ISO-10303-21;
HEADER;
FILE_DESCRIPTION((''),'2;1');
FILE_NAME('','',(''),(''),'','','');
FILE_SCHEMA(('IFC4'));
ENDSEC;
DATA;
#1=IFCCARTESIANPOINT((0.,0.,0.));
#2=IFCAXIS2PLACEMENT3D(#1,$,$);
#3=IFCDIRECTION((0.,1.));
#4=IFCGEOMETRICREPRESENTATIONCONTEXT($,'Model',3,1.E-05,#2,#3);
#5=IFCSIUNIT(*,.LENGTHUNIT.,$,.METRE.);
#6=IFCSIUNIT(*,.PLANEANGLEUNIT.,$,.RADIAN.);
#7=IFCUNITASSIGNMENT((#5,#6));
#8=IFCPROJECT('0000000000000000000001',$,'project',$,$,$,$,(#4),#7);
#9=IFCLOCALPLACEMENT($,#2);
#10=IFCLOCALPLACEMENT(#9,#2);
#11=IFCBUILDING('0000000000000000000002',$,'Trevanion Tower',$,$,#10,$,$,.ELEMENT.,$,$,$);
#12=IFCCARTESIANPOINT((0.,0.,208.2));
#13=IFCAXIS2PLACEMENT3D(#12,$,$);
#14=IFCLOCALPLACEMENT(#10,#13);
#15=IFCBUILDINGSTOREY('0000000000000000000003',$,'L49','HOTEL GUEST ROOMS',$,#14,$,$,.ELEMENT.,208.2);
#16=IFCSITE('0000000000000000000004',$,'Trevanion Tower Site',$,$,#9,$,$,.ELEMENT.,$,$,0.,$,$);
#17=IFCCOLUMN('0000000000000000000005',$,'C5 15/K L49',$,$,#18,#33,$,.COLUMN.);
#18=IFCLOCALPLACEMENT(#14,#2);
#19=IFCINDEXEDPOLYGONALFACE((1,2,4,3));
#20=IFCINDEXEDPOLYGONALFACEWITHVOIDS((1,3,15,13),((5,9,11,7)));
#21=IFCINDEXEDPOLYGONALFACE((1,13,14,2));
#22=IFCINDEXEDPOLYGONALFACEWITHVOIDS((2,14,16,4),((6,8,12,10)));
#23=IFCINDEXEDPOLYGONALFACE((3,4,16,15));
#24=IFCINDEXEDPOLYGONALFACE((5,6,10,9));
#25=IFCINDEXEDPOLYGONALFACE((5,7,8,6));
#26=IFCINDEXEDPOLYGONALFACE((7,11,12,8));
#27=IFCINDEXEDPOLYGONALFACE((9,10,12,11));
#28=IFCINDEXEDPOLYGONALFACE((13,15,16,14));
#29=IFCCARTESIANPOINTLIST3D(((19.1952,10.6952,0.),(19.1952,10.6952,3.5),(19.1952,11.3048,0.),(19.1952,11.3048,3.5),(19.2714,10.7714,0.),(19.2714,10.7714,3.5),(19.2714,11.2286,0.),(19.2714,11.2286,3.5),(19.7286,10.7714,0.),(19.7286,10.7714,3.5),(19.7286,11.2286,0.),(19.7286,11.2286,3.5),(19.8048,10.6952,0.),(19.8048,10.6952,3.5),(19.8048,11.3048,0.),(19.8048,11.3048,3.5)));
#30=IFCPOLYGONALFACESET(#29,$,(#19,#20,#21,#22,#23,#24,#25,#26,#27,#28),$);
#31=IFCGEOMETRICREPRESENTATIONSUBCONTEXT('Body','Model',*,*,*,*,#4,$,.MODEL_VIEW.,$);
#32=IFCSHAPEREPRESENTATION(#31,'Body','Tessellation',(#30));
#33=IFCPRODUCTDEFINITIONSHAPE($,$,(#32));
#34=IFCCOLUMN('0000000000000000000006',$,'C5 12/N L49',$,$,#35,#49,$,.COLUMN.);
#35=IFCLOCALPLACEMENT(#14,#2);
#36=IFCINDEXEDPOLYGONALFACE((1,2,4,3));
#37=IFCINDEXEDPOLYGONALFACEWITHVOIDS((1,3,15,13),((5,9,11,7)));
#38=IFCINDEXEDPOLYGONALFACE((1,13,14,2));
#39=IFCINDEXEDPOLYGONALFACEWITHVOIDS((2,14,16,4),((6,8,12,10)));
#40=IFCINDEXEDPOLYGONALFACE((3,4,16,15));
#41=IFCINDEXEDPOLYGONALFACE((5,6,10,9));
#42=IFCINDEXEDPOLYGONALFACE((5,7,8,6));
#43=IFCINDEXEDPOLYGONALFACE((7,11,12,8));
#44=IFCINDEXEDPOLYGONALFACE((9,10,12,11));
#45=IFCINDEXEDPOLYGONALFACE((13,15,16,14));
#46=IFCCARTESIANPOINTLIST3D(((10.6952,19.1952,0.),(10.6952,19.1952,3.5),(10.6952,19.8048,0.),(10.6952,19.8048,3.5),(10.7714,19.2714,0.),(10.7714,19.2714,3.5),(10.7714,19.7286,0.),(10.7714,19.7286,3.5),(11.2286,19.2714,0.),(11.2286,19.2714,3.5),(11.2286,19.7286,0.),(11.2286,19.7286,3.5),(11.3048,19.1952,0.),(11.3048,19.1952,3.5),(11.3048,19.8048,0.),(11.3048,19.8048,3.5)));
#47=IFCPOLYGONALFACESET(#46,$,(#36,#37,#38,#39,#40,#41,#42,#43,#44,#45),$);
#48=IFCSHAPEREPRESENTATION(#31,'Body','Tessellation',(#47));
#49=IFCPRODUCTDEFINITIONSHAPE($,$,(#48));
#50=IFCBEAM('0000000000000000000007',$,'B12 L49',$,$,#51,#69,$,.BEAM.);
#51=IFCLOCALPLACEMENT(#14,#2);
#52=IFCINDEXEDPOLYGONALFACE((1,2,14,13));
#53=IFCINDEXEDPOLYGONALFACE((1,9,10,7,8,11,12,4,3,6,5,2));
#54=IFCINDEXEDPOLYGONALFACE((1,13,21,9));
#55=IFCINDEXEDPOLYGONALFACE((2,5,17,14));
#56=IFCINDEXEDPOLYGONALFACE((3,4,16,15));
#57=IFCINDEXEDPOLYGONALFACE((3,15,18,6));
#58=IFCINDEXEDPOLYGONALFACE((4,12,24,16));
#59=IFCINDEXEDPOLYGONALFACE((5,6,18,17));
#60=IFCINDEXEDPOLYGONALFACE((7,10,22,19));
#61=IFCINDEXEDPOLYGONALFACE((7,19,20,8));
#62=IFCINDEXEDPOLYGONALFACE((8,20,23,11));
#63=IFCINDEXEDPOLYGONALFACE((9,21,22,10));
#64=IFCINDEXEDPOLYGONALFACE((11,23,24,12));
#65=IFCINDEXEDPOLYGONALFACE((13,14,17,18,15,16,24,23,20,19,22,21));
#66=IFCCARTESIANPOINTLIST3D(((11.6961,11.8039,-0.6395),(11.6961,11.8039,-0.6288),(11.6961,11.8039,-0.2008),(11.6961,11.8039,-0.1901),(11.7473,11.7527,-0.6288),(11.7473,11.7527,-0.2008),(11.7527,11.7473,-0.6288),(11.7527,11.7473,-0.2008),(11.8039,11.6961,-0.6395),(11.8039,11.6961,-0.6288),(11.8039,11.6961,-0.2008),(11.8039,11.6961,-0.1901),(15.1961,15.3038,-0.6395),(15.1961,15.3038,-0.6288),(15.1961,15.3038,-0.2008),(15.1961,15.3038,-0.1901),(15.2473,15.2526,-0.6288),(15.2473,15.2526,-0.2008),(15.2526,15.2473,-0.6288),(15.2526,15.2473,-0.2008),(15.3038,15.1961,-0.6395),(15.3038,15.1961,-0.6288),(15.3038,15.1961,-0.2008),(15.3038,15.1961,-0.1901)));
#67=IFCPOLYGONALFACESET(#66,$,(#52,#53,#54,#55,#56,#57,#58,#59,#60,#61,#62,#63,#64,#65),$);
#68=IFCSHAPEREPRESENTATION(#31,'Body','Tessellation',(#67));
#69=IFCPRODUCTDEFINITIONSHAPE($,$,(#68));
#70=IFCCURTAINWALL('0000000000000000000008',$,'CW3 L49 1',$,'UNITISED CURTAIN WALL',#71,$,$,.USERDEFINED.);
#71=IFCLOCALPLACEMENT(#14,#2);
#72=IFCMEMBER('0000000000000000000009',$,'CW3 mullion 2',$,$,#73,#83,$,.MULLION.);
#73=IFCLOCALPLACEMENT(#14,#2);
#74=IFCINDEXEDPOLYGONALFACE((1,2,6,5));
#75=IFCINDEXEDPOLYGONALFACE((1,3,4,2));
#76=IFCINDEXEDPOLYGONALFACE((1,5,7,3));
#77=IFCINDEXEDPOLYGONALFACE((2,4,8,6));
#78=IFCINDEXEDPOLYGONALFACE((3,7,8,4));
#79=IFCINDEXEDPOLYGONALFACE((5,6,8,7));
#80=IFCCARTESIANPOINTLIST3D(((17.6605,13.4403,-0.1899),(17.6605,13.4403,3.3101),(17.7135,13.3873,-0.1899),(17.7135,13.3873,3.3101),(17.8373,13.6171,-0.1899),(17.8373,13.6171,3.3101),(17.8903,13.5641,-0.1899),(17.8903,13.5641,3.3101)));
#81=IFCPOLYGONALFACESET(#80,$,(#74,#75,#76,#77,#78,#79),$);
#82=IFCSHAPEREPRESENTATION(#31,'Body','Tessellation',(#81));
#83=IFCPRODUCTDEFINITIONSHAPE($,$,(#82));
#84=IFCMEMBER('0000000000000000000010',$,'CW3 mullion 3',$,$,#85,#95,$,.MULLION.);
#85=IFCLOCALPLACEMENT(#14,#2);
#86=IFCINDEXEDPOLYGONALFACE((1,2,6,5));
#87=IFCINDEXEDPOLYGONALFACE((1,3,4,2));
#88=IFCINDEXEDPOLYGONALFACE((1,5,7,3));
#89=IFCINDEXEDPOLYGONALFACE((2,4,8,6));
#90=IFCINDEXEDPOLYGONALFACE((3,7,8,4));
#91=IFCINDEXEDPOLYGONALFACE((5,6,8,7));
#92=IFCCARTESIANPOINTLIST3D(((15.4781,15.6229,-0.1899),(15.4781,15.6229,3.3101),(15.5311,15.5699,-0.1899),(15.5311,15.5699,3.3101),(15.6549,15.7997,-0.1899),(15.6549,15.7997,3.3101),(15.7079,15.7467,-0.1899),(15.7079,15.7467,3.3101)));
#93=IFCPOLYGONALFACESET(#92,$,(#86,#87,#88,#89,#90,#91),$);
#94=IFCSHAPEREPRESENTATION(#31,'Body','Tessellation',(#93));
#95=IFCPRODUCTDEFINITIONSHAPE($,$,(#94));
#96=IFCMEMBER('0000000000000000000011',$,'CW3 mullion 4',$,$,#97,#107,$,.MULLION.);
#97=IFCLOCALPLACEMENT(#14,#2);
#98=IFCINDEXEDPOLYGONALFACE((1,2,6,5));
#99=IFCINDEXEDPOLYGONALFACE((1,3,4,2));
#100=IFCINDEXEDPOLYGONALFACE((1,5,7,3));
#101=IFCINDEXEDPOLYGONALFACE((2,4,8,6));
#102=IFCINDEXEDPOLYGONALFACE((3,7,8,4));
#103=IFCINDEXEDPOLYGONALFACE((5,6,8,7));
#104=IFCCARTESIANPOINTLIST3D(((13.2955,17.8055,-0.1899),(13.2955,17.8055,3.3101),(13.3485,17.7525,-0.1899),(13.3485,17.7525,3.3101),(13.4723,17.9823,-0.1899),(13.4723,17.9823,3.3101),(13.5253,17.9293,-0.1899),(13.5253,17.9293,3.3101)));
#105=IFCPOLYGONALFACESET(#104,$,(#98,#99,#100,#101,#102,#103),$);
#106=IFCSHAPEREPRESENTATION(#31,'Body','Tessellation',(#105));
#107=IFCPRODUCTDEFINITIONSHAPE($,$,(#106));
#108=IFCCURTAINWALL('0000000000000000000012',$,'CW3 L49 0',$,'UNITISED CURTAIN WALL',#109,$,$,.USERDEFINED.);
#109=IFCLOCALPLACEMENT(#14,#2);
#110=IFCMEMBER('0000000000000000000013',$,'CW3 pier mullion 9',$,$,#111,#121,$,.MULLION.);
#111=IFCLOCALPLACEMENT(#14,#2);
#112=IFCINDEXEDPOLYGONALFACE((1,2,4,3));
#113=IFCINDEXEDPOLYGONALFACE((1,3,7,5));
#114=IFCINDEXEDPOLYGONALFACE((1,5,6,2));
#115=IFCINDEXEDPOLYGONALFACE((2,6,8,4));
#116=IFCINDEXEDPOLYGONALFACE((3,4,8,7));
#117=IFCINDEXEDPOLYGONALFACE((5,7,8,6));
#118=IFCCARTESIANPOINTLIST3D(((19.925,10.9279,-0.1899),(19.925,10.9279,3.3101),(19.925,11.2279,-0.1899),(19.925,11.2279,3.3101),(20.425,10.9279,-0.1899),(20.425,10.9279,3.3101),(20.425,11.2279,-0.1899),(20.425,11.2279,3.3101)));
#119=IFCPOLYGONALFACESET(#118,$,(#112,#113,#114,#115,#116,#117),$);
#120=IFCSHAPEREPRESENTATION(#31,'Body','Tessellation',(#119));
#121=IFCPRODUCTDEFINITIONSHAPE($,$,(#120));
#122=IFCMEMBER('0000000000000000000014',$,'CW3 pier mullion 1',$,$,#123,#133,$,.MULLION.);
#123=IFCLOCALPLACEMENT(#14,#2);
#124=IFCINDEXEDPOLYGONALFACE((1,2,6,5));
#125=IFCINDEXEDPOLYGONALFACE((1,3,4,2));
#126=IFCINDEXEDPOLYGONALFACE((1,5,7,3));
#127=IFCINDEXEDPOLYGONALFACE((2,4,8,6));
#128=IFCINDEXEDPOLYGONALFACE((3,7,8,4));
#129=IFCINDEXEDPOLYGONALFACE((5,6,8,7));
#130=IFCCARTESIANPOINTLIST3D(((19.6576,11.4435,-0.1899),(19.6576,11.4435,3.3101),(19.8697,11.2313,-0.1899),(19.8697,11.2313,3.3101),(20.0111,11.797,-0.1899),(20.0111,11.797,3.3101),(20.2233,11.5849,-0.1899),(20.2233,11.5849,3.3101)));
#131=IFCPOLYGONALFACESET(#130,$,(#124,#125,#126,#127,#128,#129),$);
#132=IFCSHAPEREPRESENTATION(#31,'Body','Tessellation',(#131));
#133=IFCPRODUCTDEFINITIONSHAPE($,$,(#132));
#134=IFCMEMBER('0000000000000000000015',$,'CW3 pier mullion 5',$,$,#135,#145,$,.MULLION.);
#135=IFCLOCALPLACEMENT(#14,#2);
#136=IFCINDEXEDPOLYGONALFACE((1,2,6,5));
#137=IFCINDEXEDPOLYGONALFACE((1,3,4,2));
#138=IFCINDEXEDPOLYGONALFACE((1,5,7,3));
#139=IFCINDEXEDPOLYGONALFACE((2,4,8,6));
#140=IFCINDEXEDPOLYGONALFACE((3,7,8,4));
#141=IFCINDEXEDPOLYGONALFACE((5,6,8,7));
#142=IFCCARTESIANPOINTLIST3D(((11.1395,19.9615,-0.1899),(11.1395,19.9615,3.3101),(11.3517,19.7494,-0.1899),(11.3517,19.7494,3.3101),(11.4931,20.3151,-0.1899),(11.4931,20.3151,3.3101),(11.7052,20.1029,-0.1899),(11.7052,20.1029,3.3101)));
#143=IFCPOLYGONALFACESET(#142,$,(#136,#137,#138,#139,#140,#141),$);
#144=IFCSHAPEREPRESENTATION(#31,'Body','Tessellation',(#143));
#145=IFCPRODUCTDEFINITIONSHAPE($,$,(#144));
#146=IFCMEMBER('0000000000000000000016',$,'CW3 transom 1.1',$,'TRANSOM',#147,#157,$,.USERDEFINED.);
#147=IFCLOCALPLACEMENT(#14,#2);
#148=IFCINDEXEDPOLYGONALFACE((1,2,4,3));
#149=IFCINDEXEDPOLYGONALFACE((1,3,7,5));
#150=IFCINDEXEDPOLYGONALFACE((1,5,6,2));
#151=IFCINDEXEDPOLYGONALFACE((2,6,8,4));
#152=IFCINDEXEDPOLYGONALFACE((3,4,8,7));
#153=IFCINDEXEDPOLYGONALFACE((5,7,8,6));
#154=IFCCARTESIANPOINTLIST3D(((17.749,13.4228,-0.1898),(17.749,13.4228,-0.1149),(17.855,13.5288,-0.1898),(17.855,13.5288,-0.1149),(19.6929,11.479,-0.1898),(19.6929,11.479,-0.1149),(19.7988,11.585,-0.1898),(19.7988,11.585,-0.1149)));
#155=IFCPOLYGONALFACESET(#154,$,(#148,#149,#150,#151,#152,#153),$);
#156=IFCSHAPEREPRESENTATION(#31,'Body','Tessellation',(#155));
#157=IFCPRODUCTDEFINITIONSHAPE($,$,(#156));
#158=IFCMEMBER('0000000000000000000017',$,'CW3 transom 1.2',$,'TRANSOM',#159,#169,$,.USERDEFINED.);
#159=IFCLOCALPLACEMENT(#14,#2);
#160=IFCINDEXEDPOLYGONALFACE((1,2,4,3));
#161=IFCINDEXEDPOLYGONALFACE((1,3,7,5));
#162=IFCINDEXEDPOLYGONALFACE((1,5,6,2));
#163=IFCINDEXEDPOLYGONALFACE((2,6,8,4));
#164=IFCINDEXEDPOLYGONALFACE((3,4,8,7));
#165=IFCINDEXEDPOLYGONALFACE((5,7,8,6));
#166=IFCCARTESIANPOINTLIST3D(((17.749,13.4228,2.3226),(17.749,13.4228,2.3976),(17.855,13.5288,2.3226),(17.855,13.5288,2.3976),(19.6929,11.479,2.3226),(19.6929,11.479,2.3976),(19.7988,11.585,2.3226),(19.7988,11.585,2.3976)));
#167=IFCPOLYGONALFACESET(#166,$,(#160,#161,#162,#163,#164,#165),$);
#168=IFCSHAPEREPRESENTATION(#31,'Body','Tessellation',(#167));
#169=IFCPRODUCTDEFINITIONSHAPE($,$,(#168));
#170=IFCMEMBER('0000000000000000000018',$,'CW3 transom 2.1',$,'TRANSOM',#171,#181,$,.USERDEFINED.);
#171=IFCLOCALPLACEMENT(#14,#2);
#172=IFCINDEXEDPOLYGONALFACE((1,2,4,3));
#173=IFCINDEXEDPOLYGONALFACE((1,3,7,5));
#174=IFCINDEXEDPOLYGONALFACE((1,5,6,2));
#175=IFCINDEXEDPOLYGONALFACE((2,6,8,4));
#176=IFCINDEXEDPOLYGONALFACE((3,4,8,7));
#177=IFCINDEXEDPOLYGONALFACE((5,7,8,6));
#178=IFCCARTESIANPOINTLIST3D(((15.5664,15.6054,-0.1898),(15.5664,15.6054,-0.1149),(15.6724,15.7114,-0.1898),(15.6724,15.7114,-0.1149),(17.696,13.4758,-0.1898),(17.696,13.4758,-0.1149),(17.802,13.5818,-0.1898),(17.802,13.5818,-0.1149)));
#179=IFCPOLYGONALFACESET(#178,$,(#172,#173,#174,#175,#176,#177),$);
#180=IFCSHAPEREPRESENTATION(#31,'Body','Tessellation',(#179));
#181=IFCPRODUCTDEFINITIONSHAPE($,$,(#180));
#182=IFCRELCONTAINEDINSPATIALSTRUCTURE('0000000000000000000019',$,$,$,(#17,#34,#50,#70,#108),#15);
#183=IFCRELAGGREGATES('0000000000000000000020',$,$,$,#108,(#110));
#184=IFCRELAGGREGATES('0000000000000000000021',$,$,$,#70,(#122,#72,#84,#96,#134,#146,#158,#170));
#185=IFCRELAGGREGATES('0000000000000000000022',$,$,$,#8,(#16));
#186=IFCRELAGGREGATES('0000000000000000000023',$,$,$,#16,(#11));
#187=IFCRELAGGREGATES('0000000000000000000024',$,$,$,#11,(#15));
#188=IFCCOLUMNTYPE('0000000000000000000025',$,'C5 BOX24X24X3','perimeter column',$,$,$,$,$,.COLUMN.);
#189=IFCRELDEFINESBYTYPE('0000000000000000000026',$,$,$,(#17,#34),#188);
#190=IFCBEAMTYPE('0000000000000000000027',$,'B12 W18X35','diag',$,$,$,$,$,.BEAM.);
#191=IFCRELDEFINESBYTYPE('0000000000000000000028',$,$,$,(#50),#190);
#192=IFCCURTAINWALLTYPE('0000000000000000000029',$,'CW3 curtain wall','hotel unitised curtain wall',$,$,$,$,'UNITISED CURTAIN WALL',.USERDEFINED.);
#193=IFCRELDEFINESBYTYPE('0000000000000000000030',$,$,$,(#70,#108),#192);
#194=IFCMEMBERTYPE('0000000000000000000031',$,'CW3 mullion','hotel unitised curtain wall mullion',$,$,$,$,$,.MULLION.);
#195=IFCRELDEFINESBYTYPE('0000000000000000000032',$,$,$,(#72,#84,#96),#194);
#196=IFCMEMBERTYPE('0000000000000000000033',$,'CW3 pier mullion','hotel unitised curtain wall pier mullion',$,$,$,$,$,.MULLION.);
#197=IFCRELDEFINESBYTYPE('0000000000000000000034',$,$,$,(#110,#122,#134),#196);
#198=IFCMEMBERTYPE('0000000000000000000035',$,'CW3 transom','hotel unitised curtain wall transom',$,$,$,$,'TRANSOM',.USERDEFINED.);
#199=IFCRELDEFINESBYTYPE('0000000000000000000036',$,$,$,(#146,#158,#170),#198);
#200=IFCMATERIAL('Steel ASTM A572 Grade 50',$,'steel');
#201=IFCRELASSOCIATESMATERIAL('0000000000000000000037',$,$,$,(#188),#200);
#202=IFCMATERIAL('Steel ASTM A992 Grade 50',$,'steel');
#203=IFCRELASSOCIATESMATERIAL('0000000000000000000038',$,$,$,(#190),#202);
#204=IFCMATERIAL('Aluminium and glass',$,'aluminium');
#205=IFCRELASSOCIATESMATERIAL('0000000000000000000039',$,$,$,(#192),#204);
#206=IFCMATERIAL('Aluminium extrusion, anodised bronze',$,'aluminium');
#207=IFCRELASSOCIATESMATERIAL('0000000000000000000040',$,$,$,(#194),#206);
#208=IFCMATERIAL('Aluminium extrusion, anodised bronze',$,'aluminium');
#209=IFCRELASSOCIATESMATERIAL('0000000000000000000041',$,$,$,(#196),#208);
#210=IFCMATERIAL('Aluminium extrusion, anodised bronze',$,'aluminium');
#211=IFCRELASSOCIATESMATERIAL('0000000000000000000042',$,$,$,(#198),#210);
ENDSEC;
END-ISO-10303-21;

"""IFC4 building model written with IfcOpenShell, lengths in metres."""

from ifc_helpers import new_model, si_unit, direction, frame, origin, origin_2d, place, context, subcontext, project, spatial, rectangle, hollow_rectangle, i_section, extrude, material, material_profile, profile_set, type_object, element, aggregate, save


model = new_model("IFC4")

# Units and contexts
model_context = context("Model", 3, precision=1e-05, world=origin(), true_north=direction((0.0, 1.0)))
body_context = subcontext(model_context, "Body", "Model", "MODEL_VIEW")
ifc_project = project(units=[si_unit("LENGTHUNIT", "METRE"), si_unit("PLANEANGLEUNIT", "RADIAN")], contexts=[model_context])

# Site, building, storey
site_placement = place(None, origin())
site = spatial("IfcSite", under=ifc_project, at=site_placement, Name="Trevanion Tower Site", CompositionType="ELEMENT", RefElevation=0.0)
building_placement = place(site_placement, origin())
building = spatial("IfcBuilding", under=site, at=building_placement, Name="Trevanion Tower", CompositionType="ELEMENT")
storey_placement = place(building_placement, frame((0.0, 0.0, 208.2)))
storey = spatial("IfcBuildingStorey", under=building, at=storey_placement, Name="L49", Description="HOTEL GUEST ROOMS", CompositionType="ELEMENT", Elevation=208.2)

# Columns
ifc_material_1 = material(Name="Steel ASTM A572 Grade 50", Category="steel")
ifc_material_profile_1 = material_profile(ifc_material_1, hollow_rectangle(XDim=0.6096, YDim=0.6096, WallThickness=0.0762, at=origin_2d()), Name="BOX24X24X3")
ifc_profile_set_1 = profile_set([ifc_material_profile_1], Name="Steel ASTM A572 Grade 50")
column_type = type_object("IfcColumnType", Name="C5 BOX24X24X3", Description="perimeter column", PredefinedType="COLUMN", material=ifc_profile_set_1)
for number, where, z_axis, x_axis, name in (
    (1, (19.5, 11.0, 0.0), (0.0, 0.0, 1.0), (0.0, 1.0, 0.0), "C5 15/K L49"),
    (2, (11.0, 19.5, 0.0), (0.0, 0.0, 1.0), (1.0, 0.0, 0.0), "C5 12/N L49"),
):
    element("IfcColumn", number, at=place(storey_placement, frame(where, z_axis=z_axis, x_axis=x_axis)), inside=storey, type_object=column_type, Name=name, PredefinedType="COLUMN", context=body_context, shape_type="SweptSolid", body=[
        extrude(hollow_rectangle(XDim=0.6096, YDim=0.6096, WallThickness=0.0762, at=origin_2d()), origin(), (0.0, 0.0, 1.0), 3.5),
    ])

# Beam
ifc_material_2 = material(Name="Steel ASTM A992 Grade 50", Category="steel")
ifc_material_profile_2 = material_profile(ifc_material_2, i_section(OverallWidth=0.1523, OverallDepth=0.4495, WebThickness=0.0076, FlangeThickness=0.0107, at=origin_2d()), Name="W18X35")
ifc_profile_set_2 = profile_set([ifc_material_profile_2], Name="Steel ASTM A992 Grade 50")
beam_type_1 = type_object("IfcBeamType", Name="B12 W18X35", Description="diag", PredefinedType="BEAM", material=ifc_profile_set_2)
beam_1_placement = place(storey_placement, frame((11.75, 11.75, -0.4148), z_axis=(0.707107, 0.707107, 0.0), x_axis=(-0.707107, 0.707107, 0.0)))
element("IfcBeam", 3, at=beam_1_placement, inside=storey, type_object=beam_type_1, Name="B12 L49", PredefinedType="BEAM", context=body_context, shape_type="SweptSolid", body=[
    extrude(i_section(OverallWidth=0.1523, OverallDepth=0.4495, WebThickness=0.0076, FlangeThickness=0.0107, at=origin_2d()), origin(), (0.0, 0.0, 1.0), 4.9497),
])

# Curtain wall, members
ifc_material_3 = material(Name="Aluminium and glass", Category="aluminium")
curtain_wall_type = type_object("IfcCurtainWallType", Name="CW3 curtain wall", Description="hotel unitised curtain wall", ElementType="UNITISED CURTAIN WALL", PredefinedType="USERDEFINED", material=ifc_material_3)
curtain_wall_1_placement = place(storey_placement, origin())
curtain_wall_1 = element("IfcCurtainWall", 4, at=curtain_wall_1_placement, inside=storey, type_object=curtain_wall_type, Name="CW3 L49 1", ObjectType="UNITISED CURTAIN WALL", PredefinedType="USERDEFINED")
ifc_material_4 = material(Name="Aluminium extrusion, anodised bronze", Category="aluminium")
ifc_material_profile_3 = material_profile(ifc_material_4, rectangle(XDim=0.075, YDim=0.25, at=origin_2d()), Name="CW3 mullion")
ifc_profile_set_3 = profile_set([ifc_material_profile_3], Name="Aluminium extrusion, anodised bronze")
member_type_1 = type_object("IfcMemberType", Name="CW3 mullion", Description="hotel unitised curtain wall mullion", PredefinedType="MULLION", material=ifc_profile_set_3)
member_1_placement = place(storey_placement, frame((17.7754, 13.5022, -0.1899), z_axis=(0.0, 0.0, 1.0), x_axis=(-0.707107, 0.707107, 0.0)))
member_1 = element("IfcMember", 5, at=member_1_placement, type_object=member_type_1, Name="CW3 mullion 2", PredefinedType="MULLION", context=body_context, shape_type="SweptSolid", body=[
    extrude(rectangle(XDim=0.075, YDim=0.25, at=origin_2d()), origin(), (0.0, 0.0, 1.0), 3.5),
])
member_2_placement = place(storey_placement, frame((15.593, 15.6848, -0.1899), z_axis=(0.0, 0.0, 1.0), x_axis=(-0.707107, 0.707107, 0.0)))
member_2 = element("IfcMember", 6, at=member_2_placement, type_object=member_type_1, Name="CW3 mullion 3", PredefinedType="MULLION", context=body_context, shape_type="SweptSolid", body=[
    extrude(rectangle(XDim=0.075, YDim=0.25, at=origin_2d()), origin(), (0.0, 0.0, 1.0), 3.5),
])
member_3_placement = place(storey_placement, frame((13.4104, 17.8674, -0.1899), z_axis=(0.0, 0.0, 1.0), x_axis=(-0.707107, 0.707107, 0.0)))
member_3 = element("IfcMember", 7, at=member_3_placement, type_object=member_type_1, Name="CW3 mullion 4", PredefinedType="MULLION", context=body_context, shape_type="SweptSolid", body=[
    extrude(rectangle(XDim=0.075, YDim=0.25, at=origin_2d()), origin(), (0.0, 0.0, 1.0), 3.5),
])

# Curtain wall, member
curtain_wall_2_placement = place(storey_placement, origin())
curtain_wall_2 = element("IfcCurtainWall", 8, at=curtain_wall_2_placement, inside=storey, type_object=curtain_wall_type, Name="CW3 L49 0", ObjectType="UNITISED CURTAIN WALL", PredefinedType="USERDEFINED")
ifc_material_5 = material(Name="Aluminium extrusion, anodised bronze", Category="aluminium")
ifc_material_profile_4 = material_profile(ifc_material_5, rectangle(XDim=0.3, YDim=0.5, at=origin_2d()), Name="CW3 pier mullion")
ifc_profile_set_4 = profile_set([ifc_material_profile_4], Name="Aluminium extrusion, anodised bronze")
member_type_2 = type_object("IfcMemberType", Name="CW3 pier mullion", Description="hotel unitised curtain wall pier mullion", PredefinedType="MULLION", material=ifc_profile_set_4)
member_4_placement = place(storey_placement, frame((20.175, 11.0779, -0.1899), z_axis=(0.0, 0.0, 1.0), x_axis=(0.0, 1.0, 0.0)))
member_4 = element("IfcMember", 9, at=member_4_placement, type_object=member_type_2, Name="CW3 pier mullion 9", PredefinedType="MULLION", context=body_context, shape_type="SweptSolid", body=[
    extrude(rectangle(XDim=0.3, YDim=0.5, at=origin_2d()), origin(), (0.0, 0.0, 1.0), 3.5),
])

# Members
member_5_placement = place(storey_placement, frame((19.9404, 11.5142, -0.1899), z_axis=(0.0, 0.0, 1.0), x_axis=(-0.707107, 0.707107, 0.0)))
member_5 = element("IfcMember", 10, at=member_5_placement, type_object=member_type_2, Name="CW3 pier mullion 1", PredefinedType="MULLION", context=body_context, shape_type="SweptSolid", body=[
    extrude(rectangle(XDim=0.3, YDim=0.5, at=origin_2d()), origin(), (0.0, 0.0, 1.0), 3.5),
])
member_6_placement = place(storey_placement, frame((11.4224, 20.0322, -0.1899), z_axis=(0.0, 0.0, 1.0), x_axis=(-0.707107, 0.707107, 0.0)))
member_6 = element("IfcMember", 11, at=member_6_placement, type_object=member_type_2, Name="CW3 pier mullion 5", PredefinedType="MULLION", context=body_context, shape_type="SweptSolid", body=[
    extrude(rectangle(XDim=0.3, YDim=0.5, at=origin_2d()), origin(), (0.0, 0.0, 1.0), 3.5),
])
ifc_material_6 = material(Name="Aluminium extrusion, anodised bronze", Category="aluminium")
ifc_material_profile_5 = material_profile(ifc_material_6, rectangle(XDim=0.1499, YDim=0.075, at=origin_2d()), Name="CW3 transom")
ifc_profile_set_5 = profile_set([ifc_material_profile_5], Name="Aluminium extrusion, anodised bronze")
member_type_3 = type_object("IfcMemberType", Name="CW3 transom", Description="hotel unitised curtain wall transom", ElementType="TRANSOM", PredefinedType="USERDEFINED", material=ifc_profile_set_5)
member_7_placement = place(storey_placement, frame((19.7458, 11.532, -0.1523), z_axis=(-0.707107, 0.707107, 0.0), x_axis=(-0.707107, -0.707107, 0.0)))
member_7 = element("IfcMember", 12, at=member_7_placement, type_object=member_type_3, Name="CW3 transom 1.1", ObjectType="TRANSOM", PredefinedType="USERDEFINED", context=body_context, shape_type="SweptSolid", body=[
    extrude(rectangle(XDim=0.1499, YDim=0.075, at=origin_2d()), origin(), (0.0, 0.0, 1.0), 2.749),
])
member_8_placement = place(storey_placement, frame((19.7458, 11.532, 2.3601), z_axis=(-0.707107, 0.707107, 0.0), x_axis=(-0.707107, -0.707107, 0.0)))
member_8 = element("IfcMember", 13, at=member_8_placement, type_object=member_type_3, Name="CW3 transom 1.2", ObjectType="TRANSOM", PredefinedType="USERDEFINED", context=body_context, shape_type="SweptSolid", body=[
    extrude(rectangle(XDim=0.1499, YDim=0.075, at=origin_2d()), origin(), (0.0, 0.0, 1.0), 2.749),
])
member_9_placement = place(storey_placement, frame((17.749, 13.5288, -0.1523), z_axis=(-0.707107, 0.707107, 0.0), x_axis=(-0.707107, -0.707107, 0.0)))
member_9 = element("IfcMember", 14, at=member_9_placement, type_object=member_type_3, Name="CW3 transom 2.1", ObjectType="TRANSOM", PredefinedType="USERDEFINED", context=body_context, shape_type="SweptSolid", body=[
    extrude(rectangle(XDim=0.1499, YDim=0.075, at=origin_2d()), origin(), (0.0, 0.0, 1.0), 3.0117),
])

aggregate(curtain_wall_2, [member_4])
aggregate(curtain_wall_1, [member_5, member_1, member_2, member_3, member_6, member_7, member_8, member_9])

save(model, "model.ifc")
